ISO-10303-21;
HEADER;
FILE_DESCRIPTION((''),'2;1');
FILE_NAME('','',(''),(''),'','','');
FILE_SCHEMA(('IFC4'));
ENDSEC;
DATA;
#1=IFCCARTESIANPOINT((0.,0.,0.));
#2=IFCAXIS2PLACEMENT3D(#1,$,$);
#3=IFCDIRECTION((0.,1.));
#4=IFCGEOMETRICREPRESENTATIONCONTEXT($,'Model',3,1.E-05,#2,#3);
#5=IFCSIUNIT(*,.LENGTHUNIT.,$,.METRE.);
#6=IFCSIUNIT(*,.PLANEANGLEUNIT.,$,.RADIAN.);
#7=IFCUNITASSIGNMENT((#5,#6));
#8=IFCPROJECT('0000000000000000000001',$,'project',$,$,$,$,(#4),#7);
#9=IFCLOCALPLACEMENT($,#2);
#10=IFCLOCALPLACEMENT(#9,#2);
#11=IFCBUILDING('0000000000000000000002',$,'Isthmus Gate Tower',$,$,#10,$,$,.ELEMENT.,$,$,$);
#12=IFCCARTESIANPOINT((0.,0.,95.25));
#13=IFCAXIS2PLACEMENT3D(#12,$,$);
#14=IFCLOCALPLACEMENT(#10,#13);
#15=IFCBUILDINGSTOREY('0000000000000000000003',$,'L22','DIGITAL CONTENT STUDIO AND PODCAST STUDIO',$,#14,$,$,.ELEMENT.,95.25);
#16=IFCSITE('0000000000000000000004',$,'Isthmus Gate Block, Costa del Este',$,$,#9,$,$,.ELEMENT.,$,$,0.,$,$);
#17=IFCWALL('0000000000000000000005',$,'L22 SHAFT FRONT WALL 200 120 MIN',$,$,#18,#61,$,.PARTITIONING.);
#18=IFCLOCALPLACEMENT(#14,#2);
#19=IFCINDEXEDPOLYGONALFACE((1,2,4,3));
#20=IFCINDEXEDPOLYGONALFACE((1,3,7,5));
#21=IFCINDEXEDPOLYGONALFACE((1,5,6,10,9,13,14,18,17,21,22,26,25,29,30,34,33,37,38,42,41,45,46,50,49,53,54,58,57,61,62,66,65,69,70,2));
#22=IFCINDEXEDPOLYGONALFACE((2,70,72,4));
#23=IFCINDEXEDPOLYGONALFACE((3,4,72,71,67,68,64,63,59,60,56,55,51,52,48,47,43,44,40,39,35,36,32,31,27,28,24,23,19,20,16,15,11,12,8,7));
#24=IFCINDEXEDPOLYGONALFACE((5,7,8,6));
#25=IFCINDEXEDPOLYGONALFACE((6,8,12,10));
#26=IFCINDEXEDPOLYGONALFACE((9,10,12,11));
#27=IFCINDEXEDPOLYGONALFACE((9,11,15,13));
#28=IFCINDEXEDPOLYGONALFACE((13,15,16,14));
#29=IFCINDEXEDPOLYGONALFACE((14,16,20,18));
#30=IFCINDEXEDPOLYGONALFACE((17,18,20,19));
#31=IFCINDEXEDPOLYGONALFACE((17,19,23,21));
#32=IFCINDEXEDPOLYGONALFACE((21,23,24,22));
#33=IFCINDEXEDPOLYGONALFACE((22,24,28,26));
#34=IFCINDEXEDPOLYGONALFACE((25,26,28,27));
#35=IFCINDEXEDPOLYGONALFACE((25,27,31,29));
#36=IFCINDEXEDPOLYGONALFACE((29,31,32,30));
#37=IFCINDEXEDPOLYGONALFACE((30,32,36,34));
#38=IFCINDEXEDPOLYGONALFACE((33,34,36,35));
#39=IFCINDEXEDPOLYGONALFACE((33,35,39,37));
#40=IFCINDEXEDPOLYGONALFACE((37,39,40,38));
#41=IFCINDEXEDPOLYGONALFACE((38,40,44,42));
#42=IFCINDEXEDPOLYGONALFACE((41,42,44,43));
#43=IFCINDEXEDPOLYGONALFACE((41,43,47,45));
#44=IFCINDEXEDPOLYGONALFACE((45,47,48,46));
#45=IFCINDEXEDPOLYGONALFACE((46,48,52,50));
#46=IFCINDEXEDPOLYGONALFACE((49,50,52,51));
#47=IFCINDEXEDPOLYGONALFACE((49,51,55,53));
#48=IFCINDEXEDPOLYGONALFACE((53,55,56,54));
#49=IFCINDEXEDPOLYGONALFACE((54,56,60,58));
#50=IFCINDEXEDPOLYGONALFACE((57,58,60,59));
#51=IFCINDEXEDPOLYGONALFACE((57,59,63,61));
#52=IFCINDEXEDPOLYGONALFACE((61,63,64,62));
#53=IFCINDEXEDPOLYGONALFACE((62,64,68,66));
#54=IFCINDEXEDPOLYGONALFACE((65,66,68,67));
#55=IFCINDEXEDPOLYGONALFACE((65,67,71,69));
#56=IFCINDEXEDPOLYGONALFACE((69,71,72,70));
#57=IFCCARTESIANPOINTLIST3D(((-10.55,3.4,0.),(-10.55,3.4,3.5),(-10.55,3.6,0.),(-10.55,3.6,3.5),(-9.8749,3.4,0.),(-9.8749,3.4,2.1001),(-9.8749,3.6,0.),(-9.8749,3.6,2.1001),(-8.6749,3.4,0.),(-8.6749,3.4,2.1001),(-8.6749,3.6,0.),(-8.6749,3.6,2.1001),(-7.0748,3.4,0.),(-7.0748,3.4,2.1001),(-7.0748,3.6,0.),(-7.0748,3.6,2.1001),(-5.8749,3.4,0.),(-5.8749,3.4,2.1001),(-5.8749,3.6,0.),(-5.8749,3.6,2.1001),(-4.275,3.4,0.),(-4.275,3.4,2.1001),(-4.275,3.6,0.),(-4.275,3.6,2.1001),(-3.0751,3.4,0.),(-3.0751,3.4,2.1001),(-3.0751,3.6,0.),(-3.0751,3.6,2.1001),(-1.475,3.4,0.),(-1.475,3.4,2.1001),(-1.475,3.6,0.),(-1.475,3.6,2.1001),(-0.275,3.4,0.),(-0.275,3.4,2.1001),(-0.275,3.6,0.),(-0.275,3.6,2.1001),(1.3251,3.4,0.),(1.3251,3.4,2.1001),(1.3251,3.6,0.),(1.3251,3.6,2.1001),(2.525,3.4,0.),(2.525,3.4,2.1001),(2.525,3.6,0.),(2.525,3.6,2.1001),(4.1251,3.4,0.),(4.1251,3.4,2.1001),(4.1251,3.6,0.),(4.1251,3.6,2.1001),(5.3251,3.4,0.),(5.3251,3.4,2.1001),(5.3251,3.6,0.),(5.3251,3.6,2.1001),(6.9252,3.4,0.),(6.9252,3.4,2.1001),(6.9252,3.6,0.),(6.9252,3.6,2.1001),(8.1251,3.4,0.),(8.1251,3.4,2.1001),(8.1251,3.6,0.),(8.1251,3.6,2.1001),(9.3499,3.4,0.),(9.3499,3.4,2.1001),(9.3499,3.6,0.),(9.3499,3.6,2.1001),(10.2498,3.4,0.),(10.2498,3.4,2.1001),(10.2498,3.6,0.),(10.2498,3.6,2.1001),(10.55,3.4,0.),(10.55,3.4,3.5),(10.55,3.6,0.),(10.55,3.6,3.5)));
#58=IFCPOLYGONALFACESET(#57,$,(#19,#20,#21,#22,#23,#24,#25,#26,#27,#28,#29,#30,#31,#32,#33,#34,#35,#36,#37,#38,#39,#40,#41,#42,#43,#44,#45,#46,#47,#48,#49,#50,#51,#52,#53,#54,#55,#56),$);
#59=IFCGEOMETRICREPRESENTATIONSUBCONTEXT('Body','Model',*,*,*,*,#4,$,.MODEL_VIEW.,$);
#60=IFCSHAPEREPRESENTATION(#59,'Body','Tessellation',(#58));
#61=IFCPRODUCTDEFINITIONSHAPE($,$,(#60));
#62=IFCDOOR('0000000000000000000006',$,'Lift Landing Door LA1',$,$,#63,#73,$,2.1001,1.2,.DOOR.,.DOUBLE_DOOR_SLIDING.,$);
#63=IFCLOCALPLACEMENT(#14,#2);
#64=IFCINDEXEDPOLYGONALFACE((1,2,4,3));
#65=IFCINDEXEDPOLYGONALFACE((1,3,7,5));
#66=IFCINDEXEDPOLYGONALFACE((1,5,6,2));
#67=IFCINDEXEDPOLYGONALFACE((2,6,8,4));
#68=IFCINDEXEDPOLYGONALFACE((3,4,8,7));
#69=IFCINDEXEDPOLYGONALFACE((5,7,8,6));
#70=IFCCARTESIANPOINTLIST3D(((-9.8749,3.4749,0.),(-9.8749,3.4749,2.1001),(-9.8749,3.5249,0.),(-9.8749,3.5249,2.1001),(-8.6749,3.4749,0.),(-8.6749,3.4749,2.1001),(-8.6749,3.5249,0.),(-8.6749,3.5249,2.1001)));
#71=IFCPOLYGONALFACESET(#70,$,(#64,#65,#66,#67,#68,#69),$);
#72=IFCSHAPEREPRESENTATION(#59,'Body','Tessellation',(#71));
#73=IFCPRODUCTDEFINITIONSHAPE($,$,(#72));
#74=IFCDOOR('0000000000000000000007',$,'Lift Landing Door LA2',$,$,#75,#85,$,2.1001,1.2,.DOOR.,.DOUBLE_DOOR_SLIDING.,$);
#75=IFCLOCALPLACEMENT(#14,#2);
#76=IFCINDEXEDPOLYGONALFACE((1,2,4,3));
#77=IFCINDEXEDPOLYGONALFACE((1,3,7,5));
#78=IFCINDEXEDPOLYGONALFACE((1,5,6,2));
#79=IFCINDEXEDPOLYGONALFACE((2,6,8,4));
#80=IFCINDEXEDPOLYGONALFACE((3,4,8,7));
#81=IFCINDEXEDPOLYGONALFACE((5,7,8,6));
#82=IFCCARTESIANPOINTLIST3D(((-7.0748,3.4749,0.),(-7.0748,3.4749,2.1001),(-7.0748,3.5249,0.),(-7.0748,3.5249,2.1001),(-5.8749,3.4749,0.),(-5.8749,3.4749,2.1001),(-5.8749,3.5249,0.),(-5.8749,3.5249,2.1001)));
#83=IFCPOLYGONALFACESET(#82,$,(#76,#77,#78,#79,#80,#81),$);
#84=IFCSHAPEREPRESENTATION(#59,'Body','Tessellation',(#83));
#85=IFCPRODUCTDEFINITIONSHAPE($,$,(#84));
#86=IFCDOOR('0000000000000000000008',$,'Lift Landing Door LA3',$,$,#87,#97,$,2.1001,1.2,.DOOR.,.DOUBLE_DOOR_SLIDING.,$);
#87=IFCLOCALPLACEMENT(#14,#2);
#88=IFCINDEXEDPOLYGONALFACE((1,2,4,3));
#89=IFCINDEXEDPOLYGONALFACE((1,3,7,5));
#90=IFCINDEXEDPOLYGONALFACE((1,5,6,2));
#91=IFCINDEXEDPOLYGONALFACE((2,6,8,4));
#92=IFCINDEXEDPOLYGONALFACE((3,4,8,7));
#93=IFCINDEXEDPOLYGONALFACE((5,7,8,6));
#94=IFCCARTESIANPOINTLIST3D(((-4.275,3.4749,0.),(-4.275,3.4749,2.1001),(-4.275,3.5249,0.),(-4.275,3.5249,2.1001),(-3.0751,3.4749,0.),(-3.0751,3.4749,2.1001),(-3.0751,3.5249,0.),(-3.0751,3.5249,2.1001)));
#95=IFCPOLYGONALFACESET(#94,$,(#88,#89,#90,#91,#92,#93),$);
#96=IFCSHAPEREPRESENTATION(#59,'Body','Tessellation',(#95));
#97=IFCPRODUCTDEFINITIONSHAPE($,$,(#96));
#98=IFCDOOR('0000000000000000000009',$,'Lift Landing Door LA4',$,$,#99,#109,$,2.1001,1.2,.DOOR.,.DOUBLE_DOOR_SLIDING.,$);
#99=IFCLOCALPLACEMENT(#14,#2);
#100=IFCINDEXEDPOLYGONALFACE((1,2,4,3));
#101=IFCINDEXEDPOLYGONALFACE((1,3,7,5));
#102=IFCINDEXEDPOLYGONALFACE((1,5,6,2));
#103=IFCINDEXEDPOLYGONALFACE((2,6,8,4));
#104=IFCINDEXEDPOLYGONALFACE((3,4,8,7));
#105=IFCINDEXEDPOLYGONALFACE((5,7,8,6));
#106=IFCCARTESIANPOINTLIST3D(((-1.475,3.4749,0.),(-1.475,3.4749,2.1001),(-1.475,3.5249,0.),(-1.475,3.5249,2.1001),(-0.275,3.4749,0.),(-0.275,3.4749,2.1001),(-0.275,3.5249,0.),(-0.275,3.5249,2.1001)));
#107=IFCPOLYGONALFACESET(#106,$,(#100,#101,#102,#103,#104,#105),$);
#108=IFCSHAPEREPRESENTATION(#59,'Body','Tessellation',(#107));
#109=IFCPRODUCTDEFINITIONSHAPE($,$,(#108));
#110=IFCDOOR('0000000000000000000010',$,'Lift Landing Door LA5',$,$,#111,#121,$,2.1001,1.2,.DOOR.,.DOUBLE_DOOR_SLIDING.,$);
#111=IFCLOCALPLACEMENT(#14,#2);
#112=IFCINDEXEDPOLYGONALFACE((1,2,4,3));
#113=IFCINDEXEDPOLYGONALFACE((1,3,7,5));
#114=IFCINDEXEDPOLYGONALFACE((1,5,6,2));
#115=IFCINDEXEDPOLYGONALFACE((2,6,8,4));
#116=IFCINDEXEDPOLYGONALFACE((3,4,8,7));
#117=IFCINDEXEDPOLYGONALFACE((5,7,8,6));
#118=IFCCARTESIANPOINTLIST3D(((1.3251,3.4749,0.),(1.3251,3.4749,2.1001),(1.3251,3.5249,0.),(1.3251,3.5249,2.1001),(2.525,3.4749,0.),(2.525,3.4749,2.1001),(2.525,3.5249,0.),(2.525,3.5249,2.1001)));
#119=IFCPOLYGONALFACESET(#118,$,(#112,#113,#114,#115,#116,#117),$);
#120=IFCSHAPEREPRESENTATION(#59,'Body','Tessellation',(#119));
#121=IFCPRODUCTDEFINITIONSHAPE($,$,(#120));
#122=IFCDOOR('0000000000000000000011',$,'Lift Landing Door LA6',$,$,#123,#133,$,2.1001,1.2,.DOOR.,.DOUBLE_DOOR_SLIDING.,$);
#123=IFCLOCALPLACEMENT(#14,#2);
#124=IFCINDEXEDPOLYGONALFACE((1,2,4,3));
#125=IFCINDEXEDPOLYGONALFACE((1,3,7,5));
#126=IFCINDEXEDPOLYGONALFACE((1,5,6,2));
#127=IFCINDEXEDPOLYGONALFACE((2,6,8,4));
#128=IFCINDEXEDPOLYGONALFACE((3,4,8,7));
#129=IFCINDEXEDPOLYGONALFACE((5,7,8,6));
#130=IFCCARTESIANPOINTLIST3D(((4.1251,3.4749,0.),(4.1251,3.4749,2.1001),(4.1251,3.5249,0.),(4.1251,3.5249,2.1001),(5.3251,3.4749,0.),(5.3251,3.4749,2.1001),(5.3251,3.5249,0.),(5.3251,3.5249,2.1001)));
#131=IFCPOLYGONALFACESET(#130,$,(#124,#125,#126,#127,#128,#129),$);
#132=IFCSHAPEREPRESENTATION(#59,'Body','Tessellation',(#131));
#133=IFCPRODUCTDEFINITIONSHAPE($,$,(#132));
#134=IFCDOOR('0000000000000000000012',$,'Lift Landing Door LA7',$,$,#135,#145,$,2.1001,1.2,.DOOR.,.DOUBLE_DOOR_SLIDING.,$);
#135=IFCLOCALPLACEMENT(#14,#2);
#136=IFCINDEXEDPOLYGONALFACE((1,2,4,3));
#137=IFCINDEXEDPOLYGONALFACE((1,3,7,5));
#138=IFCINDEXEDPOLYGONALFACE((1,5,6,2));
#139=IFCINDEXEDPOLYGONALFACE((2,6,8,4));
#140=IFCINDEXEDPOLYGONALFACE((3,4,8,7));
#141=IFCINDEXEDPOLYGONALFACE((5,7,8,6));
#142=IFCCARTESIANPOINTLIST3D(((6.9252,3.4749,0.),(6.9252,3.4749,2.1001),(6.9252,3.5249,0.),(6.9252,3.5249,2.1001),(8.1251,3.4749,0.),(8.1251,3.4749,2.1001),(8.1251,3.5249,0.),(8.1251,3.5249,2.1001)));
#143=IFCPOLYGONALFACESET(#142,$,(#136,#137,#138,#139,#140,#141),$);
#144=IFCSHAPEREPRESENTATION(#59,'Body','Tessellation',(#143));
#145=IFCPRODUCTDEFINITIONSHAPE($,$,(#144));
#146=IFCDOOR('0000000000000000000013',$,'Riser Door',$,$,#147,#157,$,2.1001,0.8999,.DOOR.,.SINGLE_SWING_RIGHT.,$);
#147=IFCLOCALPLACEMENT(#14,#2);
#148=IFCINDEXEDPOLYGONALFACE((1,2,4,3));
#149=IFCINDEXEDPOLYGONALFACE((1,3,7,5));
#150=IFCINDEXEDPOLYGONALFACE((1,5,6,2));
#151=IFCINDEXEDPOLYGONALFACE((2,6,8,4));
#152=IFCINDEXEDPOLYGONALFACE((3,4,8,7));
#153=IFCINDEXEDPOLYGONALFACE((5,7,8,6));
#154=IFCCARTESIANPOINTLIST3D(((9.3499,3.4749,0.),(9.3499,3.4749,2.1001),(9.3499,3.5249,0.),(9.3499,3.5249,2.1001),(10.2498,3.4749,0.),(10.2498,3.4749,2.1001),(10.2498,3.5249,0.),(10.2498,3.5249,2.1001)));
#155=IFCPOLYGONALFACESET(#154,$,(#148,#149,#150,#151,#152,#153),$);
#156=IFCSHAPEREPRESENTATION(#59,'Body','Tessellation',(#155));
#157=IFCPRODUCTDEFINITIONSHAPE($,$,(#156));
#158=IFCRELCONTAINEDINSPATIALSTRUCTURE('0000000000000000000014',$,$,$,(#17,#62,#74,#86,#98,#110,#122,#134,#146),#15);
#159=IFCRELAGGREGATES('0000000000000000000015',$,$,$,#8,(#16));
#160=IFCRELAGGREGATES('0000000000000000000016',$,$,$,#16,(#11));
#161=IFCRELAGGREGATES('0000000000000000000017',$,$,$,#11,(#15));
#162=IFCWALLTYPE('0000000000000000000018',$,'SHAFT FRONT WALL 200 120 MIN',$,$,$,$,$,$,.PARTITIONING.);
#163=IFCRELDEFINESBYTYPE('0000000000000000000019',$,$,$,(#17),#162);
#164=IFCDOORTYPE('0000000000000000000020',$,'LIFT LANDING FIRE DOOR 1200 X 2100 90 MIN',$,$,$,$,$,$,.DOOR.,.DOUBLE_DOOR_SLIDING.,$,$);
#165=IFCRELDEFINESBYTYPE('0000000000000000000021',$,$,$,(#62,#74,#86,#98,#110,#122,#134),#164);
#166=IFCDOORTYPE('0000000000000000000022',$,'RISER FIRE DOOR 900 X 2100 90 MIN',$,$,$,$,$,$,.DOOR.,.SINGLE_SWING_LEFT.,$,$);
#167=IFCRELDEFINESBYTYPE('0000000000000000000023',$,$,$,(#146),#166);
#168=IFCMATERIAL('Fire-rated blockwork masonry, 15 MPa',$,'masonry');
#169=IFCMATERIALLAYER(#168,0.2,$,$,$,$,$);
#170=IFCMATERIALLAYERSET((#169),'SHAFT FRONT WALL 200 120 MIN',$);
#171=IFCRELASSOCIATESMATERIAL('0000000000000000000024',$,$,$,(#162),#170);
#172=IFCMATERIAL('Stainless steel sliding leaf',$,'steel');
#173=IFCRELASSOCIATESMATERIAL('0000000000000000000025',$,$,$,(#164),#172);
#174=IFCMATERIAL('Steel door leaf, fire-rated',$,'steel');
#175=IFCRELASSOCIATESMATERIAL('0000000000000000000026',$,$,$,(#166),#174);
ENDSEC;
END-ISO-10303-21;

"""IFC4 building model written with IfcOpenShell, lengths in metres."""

from ifc_helpers import new_model, si_unit, direction, frame, frame_2d, origin, place, context, subcontext, project, spatial, rectangle, extrude, material, layer, layer_set, type_object, element, fill, save


model = new_model("IFC4")

# Units and contexts
model_context = context("Model", 3, precision=1e-05, world=origin(), true_north=direction((0.0, 1.0)))
body_context = subcontext(model_context, "Body", "Model", "MODEL_VIEW")
ifc_project = project(units=[si_unit("LENGTHUNIT", "METRE"), si_unit("PLANEANGLEUNIT", "RADIAN")], contexts=[model_context])

# Site, building, storey
site_placement = place(None, origin())
site = spatial("IfcSite", under=ifc_project, at=site_placement, Name="Isthmus Gate Block, Costa del Este", CompositionType="ELEMENT", RefElevation=0.0)
building_placement = place(site_placement, origin())
building = spatial("IfcBuilding", under=site, at=building_placement, Name="Isthmus Gate Tower", CompositionType="ELEMENT")
storey_placement = place(building_placement, frame((0.0, 0.0, 95.25)))
storey = spatial("IfcBuildingStorey", under=building, at=storey_placement, Name="L22", Description="DIGITAL CONTENT STUDIO AND PODCAST STUDIO", CompositionType="ELEMENT", Elevation=95.25)

# Wall, openings, doors
ifc_material_1 = material(Name="Fire-rated blockwork masonry, 15 MPa", Category="masonry")
ifc_layer_1 = layer(ifc_material_1, 0.2)
ifc_layer_set_1 = layer_set([ifc_layer_1], Name="SHAFT FRONT WALL 200 120 MIN")
wall_type_1 = type_object("IfcWallType", Name="SHAFT FRONT WALL 200 120 MIN", PredefinedType="PARTITIONING", material=ifc_layer_set_1)
wall_placement = place(storey_placement, frame((-10.55, 3.5, 0.0), z_axis=(0.0, 0.0, 1.0), x_axis=(1.0, 0.0, 0.0)))
wall = element("IfcWall", 1, at=wall_placement, inside=storey, type_object=wall_type_1, Name="L22 SHAFT FRONT WALL 200 120 MIN", PredefinedType="PARTITIONING", context=body_context, shape_type="SweptSolid", body=[
    extrude(rectangle(XDim=21.1001, YDim=0.2, at=frame_2d((10.55, 0.0))), origin(), (0.0, 0.0, 1.0), 3.5),
])
opening_1_placement = place(wall_placement, frame((0.675, 0.0, 0.0)))
opening_1 = element("IfcOpeningElement", 2, at=opening_1_placement, cuts=wall, PredefinedType="OPENING", context=body_context, shape_type="SweptSolid", body=[
    extrude(rectangle(XDim=1.2, YDim=2.1001, at=frame_2d((0.6001, 1.05))), frame((0.0, 0.1099, 0.0), z_axis=(0.0, -1.0, 0.0), x_axis=(1.0, 0.0, 0.0)), (0.0, 0.0, 1.0), 0.22),
])
opening_2_placement = place(wall_placement, frame((3.4751, 0.0, 0.0)))
opening_2 = element("IfcOpeningElement", 3, at=opening_2_placement, cuts=wall, PredefinedType="OPENING", context=body_context, shape_type="SweptSolid", body=[
    extrude(rectangle(XDim=1.2, YDim=2.1001, at=frame_2d((0.6001, 1.05))), frame((0.0, 0.1099, 0.0), z_axis=(0.0, -1.0, 0.0), x_axis=(1.0, 0.0, 0.0)), (0.0, 0.0, 1.0), 0.22),
])
opening_3_placement = place(wall_placement, frame((6.2749, 0.0, 0.0)))
opening_3 = element("IfcOpeningElement", 4, at=opening_3_placement, cuts=wall, PredefinedType="OPENING", context=body_context, shape_type="SweptSolid", body=[
    extrude(rectangle(XDim=1.2, YDim=2.1001, at=frame_2d((0.6001, 1.05))), frame((0.0, 0.1099, 0.0), z_axis=(0.0, -1.0, 0.0), x_axis=(1.0, 0.0, 0.0)), (0.0, 0.0, 1.0), 0.22),
])
opening_4_placement = place(wall_placement, frame((9.075, 0.0, 0.0)))
opening_4 = element("IfcOpeningElement", 5, at=opening_4_placement, cuts=wall, PredefinedType="OPENING", context=body_context, shape_type="SweptSolid", body=[
    extrude(rectangle(XDim=1.2, YDim=2.1001, at=frame_2d((0.6001, 1.05))), frame((0.0, 0.1099, 0.0), z_axis=(0.0, -1.0, 0.0), x_axis=(1.0, 0.0, 0.0)), (0.0, 0.0, 1.0), 0.22),
])
opening_5_placement = place(wall_placement, frame((11.875, 0.0, 0.0)))
opening_5 = element("IfcOpeningElement", 6, at=opening_5_placement, cuts=wall, PredefinedType="OPENING", context=body_context, shape_type="SweptSolid", body=[
    extrude(rectangle(XDim=1.2, YDim=2.1001, at=frame_2d((0.6001, 1.05))), frame((0.0, 0.1099, 0.0), z_axis=(0.0, -1.0, 0.0), x_axis=(1.0, 0.0, 0.0)), (0.0, 0.0, 1.0), 0.22),
])
opening_6_placement = place(wall_placement, frame((14.675, 0.0, 0.0)))
opening_6 = element("IfcOpeningElement", 7, at=opening_6_placement, cuts=wall, PredefinedType="OPENING", context=body_context, shape_type="SweptSolid", body=[
    extrude(rectangle(XDim=1.2, YDim=2.1001, at=frame_2d((0.6001, 1.05))), frame((0.0, 0.1099, 0.0), z_axis=(0.0, -1.0, 0.0), x_axis=(1.0, 0.0, 0.0)), (0.0, 0.0, 1.0), 0.22),
])
opening_7_placement = place(wall_placement, frame((17.4751, 0.0, 0.0)))
opening_7 = element("IfcOpeningElement", 8, at=opening_7_placement, cuts=wall, PredefinedType="OPENING", context=body_context, shape_type="SweptSolid", body=[
    extrude(rectangle(XDim=1.2, YDim=2.1001, at=frame_2d((0.6001, 1.05))), frame((0.0, 0.1099, 0.0), z_axis=(0.0, -1.0, 0.0), x_axis=(1.0, 0.0, 0.0)), (0.0, 0.0, 1.0), 0.22),
])
opening_8_placement = place(wall_placement, frame((19.8999, 0.0, 0.0)))
opening_8 = element("IfcOpeningElement", 9, at=opening_8_placement, cuts=wall, PredefinedType="OPENING", context=body_context, shape_type="SweptSolid", body=[
    extrude(rectangle(XDim=0.8999, YDim=2.1001, at=frame_2d((0.45, 1.05))), frame((0.0, 0.1099, 0.0), z_axis=(0.0, -1.0, 0.0), x_axis=(1.0, 0.0, 0.0)), (0.0, 0.0, 1.0), 0.22),
])
ifc_material_2 = material(Name="Stainless steel sliding leaf", Category="steel")
door_type_1 = type_object("IfcDoorType", Name="LIFT LANDING FIRE DOOR 1200 X 2100 90 MIN", OperationType="DOUBLE_DOOR_SLIDING", PredefinedType="DOOR", material=ifc_material_2)
door_1_placement = place(opening_1_placement, origin())
door_1 = element("IfcDoor", 10, at=door_1_placement, inside=storey, type_object=door_type_1, Name="Lift Landing Door LA1", OperationType="DOUBLE_DOOR_SLIDING", OverallHeight=2.1001, OverallWidth=1.2, PredefinedType="DOOR", context=body_context, shape_type="SweptSolid", body=[
    extrude(rectangle(XDim=1.2, YDim=2.1001, at=frame_2d((0.6001, 1.05))), frame((0.0, 0.0249, 0.0), z_axis=(0.0, -1.0, 0.0), x_axis=(1.0, 0.0, 0.0)), (0.0, 0.0, 1.0), 0.05),
])
fill(opening_1, door_1)
door_2_placement = place(opening_2_placement, origin())
door_2 = element("IfcDoor", 11, at=door_2_placement, inside=storey, type_object=door_type_1, Name="Lift Landing Door LA2", OperationType="DOUBLE_DOOR_SLIDING", OverallHeight=2.1001, OverallWidth=1.2, PredefinedType="DOOR", context=body_context, shape_type="SweptSolid", body=[
    extrude(rectangle(XDim=1.2, YDim=2.1001, at=frame_2d((0.6001, 1.05))), frame((0.0, 0.0249, 0.0), z_axis=(0.0, -1.0, 0.0), x_axis=(1.0, 0.0, 0.0)), (0.0, 0.0, 1.0), 0.05),
])
fill(opening_2, door_2)
door_3_placement = place(opening_3_placement, origin())
door_3 = element("IfcDoor", 12, at=door_3_placement, inside=storey, type_object=door_type_1, Name="Lift Landing Door LA3", OperationType="DOUBLE_DOOR_SLIDING", OverallHeight=2.1001, OverallWidth=1.2, PredefinedType="DOOR", context=body_context, shape_type="SweptSolid", body=[
    extrude(rectangle(XDim=1.2, YDim=2.1001, at=frame_2d((0.6001, 1.05))), frame((0.0, 0.0249, 0.0), z_axis=(0.0, -1.0, 0.0), x_axis=(1.0, 0.0, 0.0)), (0.0, 0.0, 1.0), 0.05),
])
fill(opening_3, door_3)
door_4_placement = place(opening_4_placement, origin())
door_4 = element("IfcDoor", 13, at=door_4_placement, inside=storey, type_object=door_type_1, Name="Lift Landing Door LA4", OperationType="DOUBLE_DOOR_SLIDING", OverallHeight=2.1001, OverallWidth=1.2, PredefinedType="DOOR", context=body_context, shape_type="SweptSolid", body=[
    extrude(rectangle(XDim=1.2, YDim=2.1001, at=frame_2d((0.6001, 1.05))), frame((0.0, 0.0249, 0.0), z_axis=(0.0, -1.0, 0.0), x_axis=(1.0, 0.0, 0.0)), (0.0, 0.0, 1.0), 0.05),
])
fill(opening_4, door_4)
door_5_placement = place(opening_5_placement, origin())
door_5 = element("IfcDoor", 14, at=door_5_placement, inside=storey, type_object=door_type_1, Name="Lift Landing Door LA5", OperationType="DOUBLE_DOOR_SLIDING", OverallHeight=2.1001, OverallWidth=1.2, PredefinedType="DOOR", context=body_context, shape_type="SweptSolid", body=[
    extrude(rectangle(XDim=1.2, YDim=2.1001, at=frame_2d((0.6001, 1.05))), frame((0.0, 0.0249, 0.0), z_axis=(0.0, -1.0, 0.0), x_axis=(1.0, 0.0, 0.0)), (0.0, 0.0, 1.0), 0.05),
])
fill(opening_5, door_5)
door_6_placement = place(opening_6_placement, origin())
door_6 = element("IfcDoor", 15, at=door_6_placement, inside=storey, type_object=door_type_1, Name="Lift Landing Door LA6", OperationType="DOUBLE_DOOR_SLIDING", OverallHeight=2.1001, OverallWidth=1.2, PredefinedType="DOOR", context=body_context, shape_type="SweptSolid", body=[
    extrude(rectangle(XDim=1.2, YDim=2.1001, at=frame_2d((0.6001, 1.05))), frame((0.0, 0.0249, 0.0), z_axis=(0.0, -1.0, 0.0), x_axis=(1.0, 0.0, 0.0)), (0.0, 0.0, 1.0), 0.05),
])
fill(opening_6, door_6)
door_7_placement = place(opening_7_placement, origin())
door_7 = element("IfcDoor", 16, at=door_7_placement, inside=storey, type_object=door_type_1, Name="Lift Landing Door LA7", OperationType="DOUBLE_DOOR_SLIDING", OverallHeight=2.1001, OverallWidth=1.2, PredefinedType="DOOR", context=body_context, shape_type="SweptSolid", body=[
    extrude(rectangle(XDim=1.2, YDim=2.1001, at=frame_2d((0.6001, 1.05))), frame((0.0, 0.0249, 0.0), z_axis=(0.0, -1.0, 0.0), x_axis=(1.0, 0.0, 0.0)), (0.0, 0.0, 1.0), 0.05),
])
fill(opening_7, door_7)
ifc_material_3 = material(Name="Steel door leaf, fire-rated", Category="steel")
door_type_2 = type_object("IfcDoorType", Name="RISER FIRE DOOR 900 X 2100 90 MIN", OperationType="SINGLE_SWING_LEFT", PredefinedType="DOOR", material=ifc_material_3)
door_8_placement = place(opening_8_placement, origin())
door_8 = element("IfcDoor", 17, at=door_8_placement, inside=storey, type_object=door_type_2, Name="Riser Door", OperationType="SINGLE_SWING_RIGHT", OverallHeight=2.1001, OverallWidth=0.8999, PredefinedType="DOOR", context=body_context, shape_type="SweptSolid", body=[
    extrude(rectangle(XDim=0.8999, YDim=2.1001, at=frame_2d((0.45, 1.05))), frame((0.0, 0.0249, 0.0), z_axis=(0.0, -1.0, 0.0), x_axis=(1.0, 0.0, 0.0)), (0.0, 0.0, 1.0), 0.05),
])
fill(opening_8, door_8)

save(model, "model.ifc")
